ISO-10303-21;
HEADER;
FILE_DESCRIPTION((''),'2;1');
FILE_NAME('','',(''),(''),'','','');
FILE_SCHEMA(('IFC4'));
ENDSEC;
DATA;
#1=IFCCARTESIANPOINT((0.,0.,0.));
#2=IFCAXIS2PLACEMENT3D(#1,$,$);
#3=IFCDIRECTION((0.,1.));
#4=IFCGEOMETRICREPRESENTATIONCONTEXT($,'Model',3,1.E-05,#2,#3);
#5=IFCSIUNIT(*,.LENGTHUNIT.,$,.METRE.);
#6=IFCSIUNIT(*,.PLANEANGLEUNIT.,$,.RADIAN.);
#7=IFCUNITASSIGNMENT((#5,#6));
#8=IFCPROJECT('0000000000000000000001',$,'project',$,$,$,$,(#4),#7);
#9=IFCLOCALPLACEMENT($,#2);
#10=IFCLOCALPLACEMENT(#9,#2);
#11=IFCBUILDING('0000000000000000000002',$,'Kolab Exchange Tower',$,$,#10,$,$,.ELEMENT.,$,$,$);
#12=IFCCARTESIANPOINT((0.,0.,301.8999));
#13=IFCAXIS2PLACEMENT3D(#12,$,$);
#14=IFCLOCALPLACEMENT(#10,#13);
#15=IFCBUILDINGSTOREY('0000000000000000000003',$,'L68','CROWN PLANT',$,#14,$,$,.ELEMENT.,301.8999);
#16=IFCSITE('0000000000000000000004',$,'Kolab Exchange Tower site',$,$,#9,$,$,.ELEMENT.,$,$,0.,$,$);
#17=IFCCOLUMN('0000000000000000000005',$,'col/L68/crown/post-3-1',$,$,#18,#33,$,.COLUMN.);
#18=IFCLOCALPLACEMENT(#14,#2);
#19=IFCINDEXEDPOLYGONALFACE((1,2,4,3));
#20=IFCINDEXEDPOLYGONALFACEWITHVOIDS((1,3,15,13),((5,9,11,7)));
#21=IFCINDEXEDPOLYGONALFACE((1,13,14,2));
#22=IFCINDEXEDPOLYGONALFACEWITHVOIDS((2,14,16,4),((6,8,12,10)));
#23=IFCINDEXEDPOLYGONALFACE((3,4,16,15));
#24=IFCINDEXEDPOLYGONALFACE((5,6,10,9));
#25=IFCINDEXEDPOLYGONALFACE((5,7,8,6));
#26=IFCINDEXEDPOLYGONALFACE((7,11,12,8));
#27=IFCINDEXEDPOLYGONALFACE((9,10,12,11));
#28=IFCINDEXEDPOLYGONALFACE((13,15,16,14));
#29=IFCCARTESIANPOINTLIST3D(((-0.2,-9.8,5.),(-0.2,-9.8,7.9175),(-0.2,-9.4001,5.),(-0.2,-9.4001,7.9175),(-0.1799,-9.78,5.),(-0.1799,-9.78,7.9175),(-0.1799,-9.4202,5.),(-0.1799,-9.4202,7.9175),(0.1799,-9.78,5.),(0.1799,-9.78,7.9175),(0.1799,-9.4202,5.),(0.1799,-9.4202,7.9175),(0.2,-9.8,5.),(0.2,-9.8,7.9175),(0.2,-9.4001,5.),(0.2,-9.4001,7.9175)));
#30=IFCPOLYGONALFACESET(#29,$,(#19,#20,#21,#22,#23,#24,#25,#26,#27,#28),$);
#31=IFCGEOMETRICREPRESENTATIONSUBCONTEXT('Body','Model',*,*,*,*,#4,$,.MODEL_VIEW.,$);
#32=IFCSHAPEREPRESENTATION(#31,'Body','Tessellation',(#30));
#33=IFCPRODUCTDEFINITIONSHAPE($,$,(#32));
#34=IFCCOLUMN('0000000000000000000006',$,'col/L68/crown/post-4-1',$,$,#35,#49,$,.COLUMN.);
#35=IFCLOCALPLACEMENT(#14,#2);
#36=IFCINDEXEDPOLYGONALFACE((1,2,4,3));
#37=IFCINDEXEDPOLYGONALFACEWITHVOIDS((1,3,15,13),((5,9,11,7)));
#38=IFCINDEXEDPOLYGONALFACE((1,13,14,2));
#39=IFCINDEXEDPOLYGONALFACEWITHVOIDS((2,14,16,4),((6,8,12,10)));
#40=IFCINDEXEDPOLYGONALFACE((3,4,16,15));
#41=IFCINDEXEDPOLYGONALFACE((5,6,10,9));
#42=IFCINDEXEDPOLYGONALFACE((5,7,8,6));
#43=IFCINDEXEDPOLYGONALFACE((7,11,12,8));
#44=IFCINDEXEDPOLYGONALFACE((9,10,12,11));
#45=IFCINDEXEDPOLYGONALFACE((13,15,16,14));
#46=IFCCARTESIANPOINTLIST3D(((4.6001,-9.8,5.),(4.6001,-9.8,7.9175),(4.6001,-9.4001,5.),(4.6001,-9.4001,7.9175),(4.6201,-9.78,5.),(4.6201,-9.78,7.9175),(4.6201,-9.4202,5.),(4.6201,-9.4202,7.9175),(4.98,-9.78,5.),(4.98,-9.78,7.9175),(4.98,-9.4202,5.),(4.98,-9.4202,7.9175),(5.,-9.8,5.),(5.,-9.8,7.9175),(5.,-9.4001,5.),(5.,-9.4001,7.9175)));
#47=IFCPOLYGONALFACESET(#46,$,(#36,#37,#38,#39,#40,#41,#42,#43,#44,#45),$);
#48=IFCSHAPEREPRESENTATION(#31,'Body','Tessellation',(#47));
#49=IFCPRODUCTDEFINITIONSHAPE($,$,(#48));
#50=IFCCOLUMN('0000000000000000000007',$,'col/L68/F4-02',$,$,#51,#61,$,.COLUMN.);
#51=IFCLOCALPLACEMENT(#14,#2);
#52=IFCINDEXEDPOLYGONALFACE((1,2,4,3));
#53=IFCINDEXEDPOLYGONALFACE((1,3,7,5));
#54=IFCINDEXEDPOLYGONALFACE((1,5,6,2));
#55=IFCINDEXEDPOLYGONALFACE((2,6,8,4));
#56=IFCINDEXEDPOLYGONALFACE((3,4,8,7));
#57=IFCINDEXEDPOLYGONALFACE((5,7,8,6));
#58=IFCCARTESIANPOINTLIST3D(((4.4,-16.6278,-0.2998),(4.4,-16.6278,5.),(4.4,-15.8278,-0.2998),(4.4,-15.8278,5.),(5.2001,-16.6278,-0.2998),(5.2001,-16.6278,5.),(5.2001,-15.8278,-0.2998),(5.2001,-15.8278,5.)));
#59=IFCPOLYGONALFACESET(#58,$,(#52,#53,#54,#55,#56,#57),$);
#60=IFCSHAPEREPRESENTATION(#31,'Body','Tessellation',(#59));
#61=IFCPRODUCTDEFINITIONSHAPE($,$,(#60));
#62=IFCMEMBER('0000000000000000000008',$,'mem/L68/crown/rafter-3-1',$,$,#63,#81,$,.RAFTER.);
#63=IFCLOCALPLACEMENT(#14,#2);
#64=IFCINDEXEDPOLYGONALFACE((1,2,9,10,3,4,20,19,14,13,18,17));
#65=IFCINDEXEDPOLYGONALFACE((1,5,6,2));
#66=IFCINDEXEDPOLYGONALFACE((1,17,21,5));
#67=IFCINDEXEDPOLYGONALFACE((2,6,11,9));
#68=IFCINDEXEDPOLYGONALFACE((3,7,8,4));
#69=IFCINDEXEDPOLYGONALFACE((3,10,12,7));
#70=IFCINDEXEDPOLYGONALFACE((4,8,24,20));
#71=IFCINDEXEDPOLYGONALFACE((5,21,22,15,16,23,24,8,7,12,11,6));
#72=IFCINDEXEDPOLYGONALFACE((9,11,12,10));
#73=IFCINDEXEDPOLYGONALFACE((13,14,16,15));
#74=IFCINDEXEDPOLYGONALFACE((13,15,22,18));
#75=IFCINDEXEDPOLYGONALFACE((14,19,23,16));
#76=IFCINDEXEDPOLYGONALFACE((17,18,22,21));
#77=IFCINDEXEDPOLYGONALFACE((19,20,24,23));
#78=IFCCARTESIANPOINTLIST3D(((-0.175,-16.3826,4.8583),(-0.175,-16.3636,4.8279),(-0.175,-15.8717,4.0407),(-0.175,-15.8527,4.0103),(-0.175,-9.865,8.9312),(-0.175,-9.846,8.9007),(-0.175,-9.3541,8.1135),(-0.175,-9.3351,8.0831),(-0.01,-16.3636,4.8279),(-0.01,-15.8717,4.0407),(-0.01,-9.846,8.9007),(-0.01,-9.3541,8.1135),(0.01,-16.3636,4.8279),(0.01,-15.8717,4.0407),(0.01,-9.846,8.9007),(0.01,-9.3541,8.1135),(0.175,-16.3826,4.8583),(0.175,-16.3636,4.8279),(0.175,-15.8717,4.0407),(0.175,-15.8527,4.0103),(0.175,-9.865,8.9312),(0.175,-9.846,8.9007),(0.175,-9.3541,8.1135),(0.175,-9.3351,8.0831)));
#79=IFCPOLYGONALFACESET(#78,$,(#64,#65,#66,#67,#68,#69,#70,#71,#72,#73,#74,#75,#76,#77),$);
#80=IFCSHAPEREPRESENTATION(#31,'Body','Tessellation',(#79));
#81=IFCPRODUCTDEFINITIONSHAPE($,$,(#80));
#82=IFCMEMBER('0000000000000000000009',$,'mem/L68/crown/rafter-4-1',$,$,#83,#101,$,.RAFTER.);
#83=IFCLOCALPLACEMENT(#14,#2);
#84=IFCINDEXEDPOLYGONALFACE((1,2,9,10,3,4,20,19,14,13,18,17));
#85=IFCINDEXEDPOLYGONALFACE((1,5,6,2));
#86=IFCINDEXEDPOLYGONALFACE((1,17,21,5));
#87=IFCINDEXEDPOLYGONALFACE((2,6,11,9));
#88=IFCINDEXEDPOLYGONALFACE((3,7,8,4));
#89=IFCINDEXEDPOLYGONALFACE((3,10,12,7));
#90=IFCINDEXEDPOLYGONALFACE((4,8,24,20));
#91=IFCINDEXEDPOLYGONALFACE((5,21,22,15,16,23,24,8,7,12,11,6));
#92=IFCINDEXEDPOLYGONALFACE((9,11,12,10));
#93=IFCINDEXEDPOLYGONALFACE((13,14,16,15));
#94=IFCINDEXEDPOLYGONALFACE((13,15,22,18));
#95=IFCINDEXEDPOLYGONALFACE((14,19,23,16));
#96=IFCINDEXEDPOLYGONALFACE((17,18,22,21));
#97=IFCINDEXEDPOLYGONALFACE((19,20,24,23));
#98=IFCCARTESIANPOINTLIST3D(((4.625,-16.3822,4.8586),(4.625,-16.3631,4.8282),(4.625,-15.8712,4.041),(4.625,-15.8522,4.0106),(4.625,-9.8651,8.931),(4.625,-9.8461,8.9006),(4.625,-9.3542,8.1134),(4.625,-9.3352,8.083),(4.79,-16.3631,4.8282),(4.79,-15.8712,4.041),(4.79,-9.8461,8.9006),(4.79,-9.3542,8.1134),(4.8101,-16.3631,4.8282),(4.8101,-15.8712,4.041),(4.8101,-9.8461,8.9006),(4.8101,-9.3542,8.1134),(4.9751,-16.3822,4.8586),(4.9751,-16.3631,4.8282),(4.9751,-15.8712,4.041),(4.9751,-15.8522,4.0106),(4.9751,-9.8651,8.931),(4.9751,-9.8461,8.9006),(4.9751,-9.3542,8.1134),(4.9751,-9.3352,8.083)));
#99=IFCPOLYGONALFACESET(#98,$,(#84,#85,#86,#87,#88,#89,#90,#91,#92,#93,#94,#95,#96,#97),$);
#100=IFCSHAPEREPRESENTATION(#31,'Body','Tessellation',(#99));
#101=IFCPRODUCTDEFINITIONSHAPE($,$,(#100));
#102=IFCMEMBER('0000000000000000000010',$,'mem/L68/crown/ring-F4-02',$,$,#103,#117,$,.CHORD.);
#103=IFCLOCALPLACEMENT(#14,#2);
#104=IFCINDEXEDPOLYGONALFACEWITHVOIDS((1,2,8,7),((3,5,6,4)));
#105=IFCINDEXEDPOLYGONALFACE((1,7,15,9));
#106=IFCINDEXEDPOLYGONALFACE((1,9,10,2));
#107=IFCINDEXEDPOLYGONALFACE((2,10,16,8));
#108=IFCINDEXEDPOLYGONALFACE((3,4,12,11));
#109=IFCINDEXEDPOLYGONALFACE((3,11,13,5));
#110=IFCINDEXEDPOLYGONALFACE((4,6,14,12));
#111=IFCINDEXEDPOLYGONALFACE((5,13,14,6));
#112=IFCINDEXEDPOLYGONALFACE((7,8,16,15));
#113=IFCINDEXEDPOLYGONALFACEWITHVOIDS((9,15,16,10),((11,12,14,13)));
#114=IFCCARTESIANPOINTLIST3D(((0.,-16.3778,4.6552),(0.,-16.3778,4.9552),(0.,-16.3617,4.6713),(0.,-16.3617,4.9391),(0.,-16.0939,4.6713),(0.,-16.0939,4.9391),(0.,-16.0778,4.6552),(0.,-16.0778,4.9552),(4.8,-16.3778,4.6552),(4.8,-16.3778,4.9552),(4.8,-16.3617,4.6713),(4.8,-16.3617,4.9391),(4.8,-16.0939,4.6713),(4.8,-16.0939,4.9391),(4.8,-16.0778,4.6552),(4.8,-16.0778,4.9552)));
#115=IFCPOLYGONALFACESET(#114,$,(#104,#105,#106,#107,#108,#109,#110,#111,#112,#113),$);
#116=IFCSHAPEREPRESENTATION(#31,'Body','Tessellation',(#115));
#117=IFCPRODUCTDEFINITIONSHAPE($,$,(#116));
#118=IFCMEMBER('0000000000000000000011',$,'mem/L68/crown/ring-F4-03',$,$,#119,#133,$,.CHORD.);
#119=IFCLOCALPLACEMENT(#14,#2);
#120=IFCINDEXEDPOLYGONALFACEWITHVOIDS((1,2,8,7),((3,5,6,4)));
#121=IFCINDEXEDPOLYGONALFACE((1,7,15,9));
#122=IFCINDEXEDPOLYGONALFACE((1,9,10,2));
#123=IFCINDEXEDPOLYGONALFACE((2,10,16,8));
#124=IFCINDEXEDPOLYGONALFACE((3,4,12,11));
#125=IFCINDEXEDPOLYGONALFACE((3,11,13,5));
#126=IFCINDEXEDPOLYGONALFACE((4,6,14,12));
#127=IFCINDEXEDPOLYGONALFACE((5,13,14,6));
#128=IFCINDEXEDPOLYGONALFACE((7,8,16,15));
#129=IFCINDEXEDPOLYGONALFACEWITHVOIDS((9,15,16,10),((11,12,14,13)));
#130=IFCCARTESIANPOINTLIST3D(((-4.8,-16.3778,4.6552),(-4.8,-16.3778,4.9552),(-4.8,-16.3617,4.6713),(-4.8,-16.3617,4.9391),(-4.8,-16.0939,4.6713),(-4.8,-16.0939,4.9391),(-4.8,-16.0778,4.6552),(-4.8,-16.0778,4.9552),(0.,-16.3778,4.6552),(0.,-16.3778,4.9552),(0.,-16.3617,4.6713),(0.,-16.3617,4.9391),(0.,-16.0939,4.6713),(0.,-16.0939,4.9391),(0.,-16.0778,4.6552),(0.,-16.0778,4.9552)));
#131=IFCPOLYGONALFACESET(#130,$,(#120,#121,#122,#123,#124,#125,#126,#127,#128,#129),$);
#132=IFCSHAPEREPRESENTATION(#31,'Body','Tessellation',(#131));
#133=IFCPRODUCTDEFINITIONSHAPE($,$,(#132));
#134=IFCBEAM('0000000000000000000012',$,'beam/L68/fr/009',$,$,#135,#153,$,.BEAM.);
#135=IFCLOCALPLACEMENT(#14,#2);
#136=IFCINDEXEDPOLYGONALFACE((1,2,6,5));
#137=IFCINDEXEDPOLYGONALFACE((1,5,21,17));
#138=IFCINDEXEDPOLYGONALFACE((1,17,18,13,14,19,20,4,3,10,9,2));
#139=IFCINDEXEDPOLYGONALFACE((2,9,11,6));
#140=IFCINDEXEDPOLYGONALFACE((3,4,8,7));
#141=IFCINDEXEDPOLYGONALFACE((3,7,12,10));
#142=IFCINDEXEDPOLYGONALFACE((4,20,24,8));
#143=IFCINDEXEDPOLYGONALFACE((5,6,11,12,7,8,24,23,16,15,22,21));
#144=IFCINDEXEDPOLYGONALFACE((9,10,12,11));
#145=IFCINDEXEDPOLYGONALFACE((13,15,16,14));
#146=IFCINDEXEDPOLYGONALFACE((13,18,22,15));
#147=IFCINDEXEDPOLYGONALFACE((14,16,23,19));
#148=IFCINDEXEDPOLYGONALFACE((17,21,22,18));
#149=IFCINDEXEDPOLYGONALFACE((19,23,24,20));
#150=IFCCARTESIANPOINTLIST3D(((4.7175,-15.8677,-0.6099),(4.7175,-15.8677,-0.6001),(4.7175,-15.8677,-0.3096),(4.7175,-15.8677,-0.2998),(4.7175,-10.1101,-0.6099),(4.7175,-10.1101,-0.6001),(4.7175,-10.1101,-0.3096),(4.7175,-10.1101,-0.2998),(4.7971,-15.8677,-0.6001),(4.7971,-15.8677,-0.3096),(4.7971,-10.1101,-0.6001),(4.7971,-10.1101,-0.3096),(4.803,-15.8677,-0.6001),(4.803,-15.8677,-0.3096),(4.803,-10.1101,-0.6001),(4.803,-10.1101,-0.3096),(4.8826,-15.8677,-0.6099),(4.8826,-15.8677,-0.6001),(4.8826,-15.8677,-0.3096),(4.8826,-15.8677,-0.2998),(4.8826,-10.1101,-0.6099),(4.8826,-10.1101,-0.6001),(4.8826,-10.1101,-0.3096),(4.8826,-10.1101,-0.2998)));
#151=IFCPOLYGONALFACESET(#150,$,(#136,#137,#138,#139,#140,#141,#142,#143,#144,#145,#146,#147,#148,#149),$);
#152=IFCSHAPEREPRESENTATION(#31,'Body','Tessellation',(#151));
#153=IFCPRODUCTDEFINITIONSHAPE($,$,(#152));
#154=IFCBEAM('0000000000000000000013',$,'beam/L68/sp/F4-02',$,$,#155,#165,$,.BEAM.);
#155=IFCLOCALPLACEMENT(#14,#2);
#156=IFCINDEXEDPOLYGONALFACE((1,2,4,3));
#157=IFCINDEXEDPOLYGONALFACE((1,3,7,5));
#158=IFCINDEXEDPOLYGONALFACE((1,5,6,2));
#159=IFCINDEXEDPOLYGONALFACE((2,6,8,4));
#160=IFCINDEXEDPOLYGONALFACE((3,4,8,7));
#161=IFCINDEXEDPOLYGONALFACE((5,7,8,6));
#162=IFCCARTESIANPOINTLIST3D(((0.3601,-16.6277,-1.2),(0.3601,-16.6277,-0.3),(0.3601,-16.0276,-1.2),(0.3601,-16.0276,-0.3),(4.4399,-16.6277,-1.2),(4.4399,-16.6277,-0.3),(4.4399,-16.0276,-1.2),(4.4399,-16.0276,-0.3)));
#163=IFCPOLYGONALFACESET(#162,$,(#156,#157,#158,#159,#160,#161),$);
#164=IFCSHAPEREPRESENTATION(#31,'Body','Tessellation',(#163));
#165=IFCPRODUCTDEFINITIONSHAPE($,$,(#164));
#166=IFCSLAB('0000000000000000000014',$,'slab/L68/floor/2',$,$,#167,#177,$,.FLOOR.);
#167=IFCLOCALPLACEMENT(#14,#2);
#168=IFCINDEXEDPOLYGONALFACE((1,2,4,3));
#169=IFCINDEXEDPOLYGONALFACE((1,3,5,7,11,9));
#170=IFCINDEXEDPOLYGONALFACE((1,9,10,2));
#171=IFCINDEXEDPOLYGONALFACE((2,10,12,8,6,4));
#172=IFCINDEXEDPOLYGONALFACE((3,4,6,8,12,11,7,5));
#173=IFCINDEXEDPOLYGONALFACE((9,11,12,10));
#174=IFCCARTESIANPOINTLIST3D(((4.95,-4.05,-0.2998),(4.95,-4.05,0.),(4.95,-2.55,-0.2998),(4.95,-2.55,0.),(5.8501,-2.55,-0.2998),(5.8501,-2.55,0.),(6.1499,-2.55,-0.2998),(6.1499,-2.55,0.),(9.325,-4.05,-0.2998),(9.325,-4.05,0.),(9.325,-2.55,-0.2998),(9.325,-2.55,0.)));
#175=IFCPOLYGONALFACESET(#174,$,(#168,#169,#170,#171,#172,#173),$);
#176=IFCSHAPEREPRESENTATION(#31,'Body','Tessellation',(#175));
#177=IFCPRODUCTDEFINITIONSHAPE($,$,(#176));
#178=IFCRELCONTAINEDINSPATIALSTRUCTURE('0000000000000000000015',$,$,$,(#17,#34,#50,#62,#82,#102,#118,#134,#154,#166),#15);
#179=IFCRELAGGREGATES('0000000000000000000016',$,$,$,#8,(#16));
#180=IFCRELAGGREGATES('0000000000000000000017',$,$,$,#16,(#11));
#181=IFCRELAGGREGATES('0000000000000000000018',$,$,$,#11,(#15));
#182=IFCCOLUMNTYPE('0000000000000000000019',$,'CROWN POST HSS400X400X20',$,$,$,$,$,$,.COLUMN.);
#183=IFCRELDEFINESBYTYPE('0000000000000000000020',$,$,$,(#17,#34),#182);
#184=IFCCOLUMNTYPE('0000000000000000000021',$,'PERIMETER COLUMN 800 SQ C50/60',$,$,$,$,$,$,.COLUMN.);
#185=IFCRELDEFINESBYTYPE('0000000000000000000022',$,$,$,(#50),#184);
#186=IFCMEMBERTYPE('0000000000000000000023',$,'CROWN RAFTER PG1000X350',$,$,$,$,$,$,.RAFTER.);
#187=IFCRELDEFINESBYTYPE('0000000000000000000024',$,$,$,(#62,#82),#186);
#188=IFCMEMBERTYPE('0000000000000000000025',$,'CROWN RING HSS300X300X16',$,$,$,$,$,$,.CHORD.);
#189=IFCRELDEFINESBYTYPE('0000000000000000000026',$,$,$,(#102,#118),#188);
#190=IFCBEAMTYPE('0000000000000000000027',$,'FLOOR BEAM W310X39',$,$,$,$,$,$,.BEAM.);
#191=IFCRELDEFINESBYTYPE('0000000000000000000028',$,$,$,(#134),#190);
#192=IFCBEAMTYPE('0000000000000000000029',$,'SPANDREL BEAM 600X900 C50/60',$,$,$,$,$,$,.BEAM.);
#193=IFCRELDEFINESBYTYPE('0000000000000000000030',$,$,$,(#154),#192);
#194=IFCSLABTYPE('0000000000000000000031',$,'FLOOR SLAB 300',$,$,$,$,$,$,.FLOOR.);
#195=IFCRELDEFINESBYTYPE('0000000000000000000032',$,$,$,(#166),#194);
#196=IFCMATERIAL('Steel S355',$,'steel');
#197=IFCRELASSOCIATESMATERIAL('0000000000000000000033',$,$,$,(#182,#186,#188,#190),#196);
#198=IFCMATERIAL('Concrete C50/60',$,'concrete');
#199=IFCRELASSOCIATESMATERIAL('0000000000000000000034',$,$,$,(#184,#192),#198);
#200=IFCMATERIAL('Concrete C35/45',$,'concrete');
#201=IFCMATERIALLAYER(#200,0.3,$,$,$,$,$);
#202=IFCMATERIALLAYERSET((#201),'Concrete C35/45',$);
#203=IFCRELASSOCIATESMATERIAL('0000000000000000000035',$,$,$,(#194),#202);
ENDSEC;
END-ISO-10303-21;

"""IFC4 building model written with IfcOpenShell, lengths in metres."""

from ifc_helpers import new_model, si_unit, direction, frame, origin, origin_2d, place, context, subcontext, project, spatial, polyline, rectangle, hollow_rectangle, i_section, outline, extrude, material, layer, layer_set, material_profile, profile_set, type_object, element, save


model = new_model("IFC4")

# Units and contexts
model_context = context("Model", 3, precision=1e-05, world=origin(), true_north=direction((0.0, 1.0)))
body_context = subcontext(model_context, "Body", "Model", "MODEL_VIEW")
ifc_project = project(units=[si_unit("LENGTHUNIT", "METRE"), si_unit("PLANEANGLEUNIT", "RADIAN")], contexts=[model_context])

# Site, building, storey
site_placement = place(None, origin())
site = spatial("IfcSite", under=ifc_project, at=site_placement, Name="Kolab Exchange Tower site", CompositionType="ELEMENT", RefElevation=0.0)
building_placement = place(site_placement, origin())
building = spatial("IfcBuilding", under=site, at=building_placement, Name="Kolab Exchange Tower", CompositionType="ELEMENT")
storey_placement = place(building_placement, frame((0.0, 0.0, 301.8999)))
storey = spatial("IfcBuildingStorey", under=building, at=storey_placement, Name="L68", Description="CROWN PLANT", CompositionType="ELEMENT", Elevation=301.8999)

# Columns
ifc_material_1 = material(Name="Steel S355", Category="steel")
ifc_material_profile_1 = material_profile(ifc_material_1, hollow_rectangle(XDim=0.3999, YDim=0.3999, WallThickness=0.02, at=origin_2d()), Name="HSS400X400X20")
ifc_profile_set_1 = profile_set([ifc_material_profile_1], Name="Steel S355")
column_type_1 = type_object("IfcColumnType", Name="CROWN POST HSS400X400X20", PredefinedType="COLUMN", material=ifc_profile_set_1)
for number, where, z_axis, x_axis, name in (
    (1, (0.0, -9.6001, 5.0), (0.0, 0.0, 1.0), (1.0, 0.0, 0.0), "col/L68/crown/post-3-1"),
    (2, (4.8, -9.6001, 5.0), (0.0, 0.0, 1.0), (1.0, 0.0, 0.0), "col/L68/crown/post-4-1"),
):
    element("IfcColumn", number, at=place(storey_placement, frame(where, z_axis=z_axis, x_axis=x_axis)), inside=storey, type_object=column_type_1, Name=name, PredefinedType="COLUMN", context=body_context, shape_type="SweptSolid", body=[
        extrude(hollow_rectangle(XDim=0.3999, YDim=0.3999, WallThickness=0.02, at=origin_2d()), origin(), (0.0, 0.0, 1.0), 2.9175),
    ])
ifc_material_2 = material(Name="Concrete C50/60", Category="concrete")
ifc_material_profile_2 = material_profile(ifc_material_2, rectangle(XDim=0.8, YDim=0.8, at=origin_2d()), Name="RC800")
ifc_profile_set_2 = profile_set([ifc_material_profile_2], Name="Concrete C50/60")
column_type_2 = type_object("IfcColumnType", Name="PERIMETER COLUMN 800 SQ C50/60", PredefinedType="COLUMN", material=ifc_profile_set_2)
column_placement = place(storey_placement, frame((4.8, -16.2278, -0.2998), z_axis=(0.0, 0.0, 1.0), x_axis=(1.0, 0.0, 0.0)))
element("IfcColumn", 3, at=column_placement, inside=storey, type_object=column_type_2, Name="col/L68/F4-02", PredefinedType="COLUMN", context=body_context, shape_type="SweptSolid", body=[
    extrude(rectangle(XDim=0.8, YDim=0.8, at=origin_2d()), origin(), (0.0, 0.0, 1.0), 5.2998),
])

# Members
ifc_material_profile_3 = material_profile(ifc_material_1, i_section(OverallWidth=0.3501, OverallDepth=1.0, WebThickness=0.02, FlangeThickness=0.0359, at=origin_2d()), Name="PG1000X350")
ifc_profile_set_3 = profile_set([ifc_material_profile_3], Name="Steel S355")
member_type_1 = type_object("IfcMemberType", Name="CROWN RAFTER PG1000X350", PredefinedType="RAFTER", material=ifc_profile_set_3)
member_1_placement = place(storey_placement, frame((0.0, -16.1177, 4.4343), z_axis=(0.0, 0.848041, 0.52993), x_axis=(-1.0, 0.0, 0.0)))
element("IfcMember", 4, at=member_1_placement, inside=storey, type_object=member_type_1, Name="mem/L68/crown/rafter-3-1", PredefinedType="RAFTER", context=body_context, shape_type="SweptSolid", body=[
    extrude(i_section(OverallWidth=0.3501, OverallDepth=1.0, WebThickness=0.02, FlangeThickness=0.0359, at=origin_2d()), origin(), (0.0, 0.0, 1.0), 7.6855),
])
member_2_placement = place(storey_placement, frame((4.8, -16.1172, 4.4346), z_axis=(0.0, 0.848038, 0.529936), x_axis=(-1.0, 0.0, 0.0)))
element("IfcMember", 5, at=member_2_placement, inside=storey, type_object=member_type_1, Name="mem/L68/crown/rafter-4-1", PredefinedType="RAFTER", context=body_context, shape_type="SweptSolid", body=[
    extrude(i_section(OverallWidth=0.3501, OverallDepth=1.0, WebThickness=0.02, FlangeThickness=0.0359, at=origin_2d()), origin(), (0.0, 0.0, 1.0), 7.6848),
])
ifc_material_profile_4 = material_profile(ifc_material_1, hollow_rectangle(XDim=0.3, YDim=0.3, WallThickness=0.0161, at=origin_2d()), Name="HSS300X300X16")
ifc_profile_set_4 = profile_set([ifc_material_profile_4], Name="Steel S355")
member_type_2 = type_object("IfcMemberType", Name="CROWN RING HSS300X300X16", PredefinedType="CHORD", material=ifc_profile_set_4)
for number, where, z_axis, x_axis, name in (
    (6, (4.8, -16.2278, 4.8052), (-1.0, 0.0, 0.0), (0.0, -1.0, 0.0), "mem/L68/crown/ring-F4-02"),
    (7, (0.0, -16.2278, 4.8052), (-1.0, 0.0, 0.0), (0.0, -1.0, 0.0), "mem/L68/crown/ring-F4-03"),
):
    element("IfcMember", number, at=place(storey_placement, frame(where, z_axis=z_axis, x_axis=x_axis)), inside=storey, type_object=member_type_2, Name=name, PredefinedType="CHORD", context=body_context, shape_type="SweptSolid", body=[
        extrude(hollow_rectangle(XDim=0.3, YDim=0.3, WallThickness=0.0161, at=origin_2d()), origin(), (0.0, 0.0, 1.0), 4.8),
    ])

# Beams
ifc_material_profile_5 = material_profile(ifc_material_1, i_section(OverallWidth=0.165, OverallDepth=0.3101, WebThickness=0.0059, FlangeThickness=0.0098, at=origin_2d()), Name="W310X39")
ifc_profile_set_5 = profile_set([ifc_material_profile_5], Name="Steel S355")
beam_type_1 = type_object("IfcBeamType", Name="FLOOR BEAM W310X39", PredefinedType="BEAM", material=ifc_profile_set_5)
beam_1_placement = place(storey_placement, frame((4.8, -15.8677, -0.4548), z_axis=(0.0, 1.0, 0.0), x_axis=(-1.0, 0.0, 0.0)))
element("IfcBeam", 8, at=beam_1_placement, inside=storey, type_object=beam_type_1, Name="beam/L68/fr/009", PredefinedType="BEAM", context=body_context, shape_type="SweptSolid", body=[
    extrude(i_section(OverallWidth=0.165, OverallDepth=0.3101, WebThickness=0.0059, FlangeThickness=0.0098, at=origin_2d()), origin(), (0.0, 0.0, 1.0), 5.7576),
])
ifc_material_profile_6 = material_profile(ifc_material_2, rectangle(XDim=0.6001, YDim=0.8999, at=origin_2d()), Name="RC600X900")
ifc_profile_set_6 = profile_set([ifc_material_profile_6], Name="Concrete C50/60")
beam_type_2 = type_object("IfcBeamType", Name="SPANDREL BEAM 600X900 C50/60", PredefinedType="BEAM", material=ifc_profile_set_6)
beam_2_placement = place(storey_placement, frame((4.4399, -16.3276, -0.75), z_axis=(-1.0, 0.0, 0.0), x_axis=(0.0, -1.0, 0.0)))
element("IfcBeam", 9, at=beam_2_placement, inside=storey, type_object=beam_type_2, Name="beam/L68/sp/F4-02", PredefinedType="BEAM", context=body_context, shape_type="SweptSolid", body=[
    extrude(rectangle(XDim=0.6001, YDim=0.8999, at=origin_2d()), origin(), (0.0, 0.0, 1.0), 4.0798),
])

# Slab
ifc_material_3 = material(Name="Concrete C35/45", Category="concrete")
ifc_layer_1 = layer(ifc_material_3, 0.3)
ifc_layer_set_1 = layer_set([ifc_layer_1], Name="Concrete C35/45")
slab_type_1 = type_object("IfcSlabType", Name="FLOOR SLAB 300", PredefinedType="FLOOR", material=ifc_layer_set_1)
slab_1_placement = place(storey_placement, frame((0.0, 0.0, -0.2998)))
element("IfcSlab", 10, at=slab_1_placement, inside=storey, type_object=slab_type_1, Name="slab/L68/floor/2", PredefinedType="FLOOR", context=body_context, shape_type="SweptSolid", body=[
    extrude(outline(polyline([(4.95, -2.55), (4.95, -4.05), (9.325, -4.05), (9.325, -2.55), (6.1499, -2.55), (5.8501, -2.55), (4.95, -2.55)])), origin(), (0.0, 0.0, 1.0), 0.2998),
])

save(model, "model.ifc")
